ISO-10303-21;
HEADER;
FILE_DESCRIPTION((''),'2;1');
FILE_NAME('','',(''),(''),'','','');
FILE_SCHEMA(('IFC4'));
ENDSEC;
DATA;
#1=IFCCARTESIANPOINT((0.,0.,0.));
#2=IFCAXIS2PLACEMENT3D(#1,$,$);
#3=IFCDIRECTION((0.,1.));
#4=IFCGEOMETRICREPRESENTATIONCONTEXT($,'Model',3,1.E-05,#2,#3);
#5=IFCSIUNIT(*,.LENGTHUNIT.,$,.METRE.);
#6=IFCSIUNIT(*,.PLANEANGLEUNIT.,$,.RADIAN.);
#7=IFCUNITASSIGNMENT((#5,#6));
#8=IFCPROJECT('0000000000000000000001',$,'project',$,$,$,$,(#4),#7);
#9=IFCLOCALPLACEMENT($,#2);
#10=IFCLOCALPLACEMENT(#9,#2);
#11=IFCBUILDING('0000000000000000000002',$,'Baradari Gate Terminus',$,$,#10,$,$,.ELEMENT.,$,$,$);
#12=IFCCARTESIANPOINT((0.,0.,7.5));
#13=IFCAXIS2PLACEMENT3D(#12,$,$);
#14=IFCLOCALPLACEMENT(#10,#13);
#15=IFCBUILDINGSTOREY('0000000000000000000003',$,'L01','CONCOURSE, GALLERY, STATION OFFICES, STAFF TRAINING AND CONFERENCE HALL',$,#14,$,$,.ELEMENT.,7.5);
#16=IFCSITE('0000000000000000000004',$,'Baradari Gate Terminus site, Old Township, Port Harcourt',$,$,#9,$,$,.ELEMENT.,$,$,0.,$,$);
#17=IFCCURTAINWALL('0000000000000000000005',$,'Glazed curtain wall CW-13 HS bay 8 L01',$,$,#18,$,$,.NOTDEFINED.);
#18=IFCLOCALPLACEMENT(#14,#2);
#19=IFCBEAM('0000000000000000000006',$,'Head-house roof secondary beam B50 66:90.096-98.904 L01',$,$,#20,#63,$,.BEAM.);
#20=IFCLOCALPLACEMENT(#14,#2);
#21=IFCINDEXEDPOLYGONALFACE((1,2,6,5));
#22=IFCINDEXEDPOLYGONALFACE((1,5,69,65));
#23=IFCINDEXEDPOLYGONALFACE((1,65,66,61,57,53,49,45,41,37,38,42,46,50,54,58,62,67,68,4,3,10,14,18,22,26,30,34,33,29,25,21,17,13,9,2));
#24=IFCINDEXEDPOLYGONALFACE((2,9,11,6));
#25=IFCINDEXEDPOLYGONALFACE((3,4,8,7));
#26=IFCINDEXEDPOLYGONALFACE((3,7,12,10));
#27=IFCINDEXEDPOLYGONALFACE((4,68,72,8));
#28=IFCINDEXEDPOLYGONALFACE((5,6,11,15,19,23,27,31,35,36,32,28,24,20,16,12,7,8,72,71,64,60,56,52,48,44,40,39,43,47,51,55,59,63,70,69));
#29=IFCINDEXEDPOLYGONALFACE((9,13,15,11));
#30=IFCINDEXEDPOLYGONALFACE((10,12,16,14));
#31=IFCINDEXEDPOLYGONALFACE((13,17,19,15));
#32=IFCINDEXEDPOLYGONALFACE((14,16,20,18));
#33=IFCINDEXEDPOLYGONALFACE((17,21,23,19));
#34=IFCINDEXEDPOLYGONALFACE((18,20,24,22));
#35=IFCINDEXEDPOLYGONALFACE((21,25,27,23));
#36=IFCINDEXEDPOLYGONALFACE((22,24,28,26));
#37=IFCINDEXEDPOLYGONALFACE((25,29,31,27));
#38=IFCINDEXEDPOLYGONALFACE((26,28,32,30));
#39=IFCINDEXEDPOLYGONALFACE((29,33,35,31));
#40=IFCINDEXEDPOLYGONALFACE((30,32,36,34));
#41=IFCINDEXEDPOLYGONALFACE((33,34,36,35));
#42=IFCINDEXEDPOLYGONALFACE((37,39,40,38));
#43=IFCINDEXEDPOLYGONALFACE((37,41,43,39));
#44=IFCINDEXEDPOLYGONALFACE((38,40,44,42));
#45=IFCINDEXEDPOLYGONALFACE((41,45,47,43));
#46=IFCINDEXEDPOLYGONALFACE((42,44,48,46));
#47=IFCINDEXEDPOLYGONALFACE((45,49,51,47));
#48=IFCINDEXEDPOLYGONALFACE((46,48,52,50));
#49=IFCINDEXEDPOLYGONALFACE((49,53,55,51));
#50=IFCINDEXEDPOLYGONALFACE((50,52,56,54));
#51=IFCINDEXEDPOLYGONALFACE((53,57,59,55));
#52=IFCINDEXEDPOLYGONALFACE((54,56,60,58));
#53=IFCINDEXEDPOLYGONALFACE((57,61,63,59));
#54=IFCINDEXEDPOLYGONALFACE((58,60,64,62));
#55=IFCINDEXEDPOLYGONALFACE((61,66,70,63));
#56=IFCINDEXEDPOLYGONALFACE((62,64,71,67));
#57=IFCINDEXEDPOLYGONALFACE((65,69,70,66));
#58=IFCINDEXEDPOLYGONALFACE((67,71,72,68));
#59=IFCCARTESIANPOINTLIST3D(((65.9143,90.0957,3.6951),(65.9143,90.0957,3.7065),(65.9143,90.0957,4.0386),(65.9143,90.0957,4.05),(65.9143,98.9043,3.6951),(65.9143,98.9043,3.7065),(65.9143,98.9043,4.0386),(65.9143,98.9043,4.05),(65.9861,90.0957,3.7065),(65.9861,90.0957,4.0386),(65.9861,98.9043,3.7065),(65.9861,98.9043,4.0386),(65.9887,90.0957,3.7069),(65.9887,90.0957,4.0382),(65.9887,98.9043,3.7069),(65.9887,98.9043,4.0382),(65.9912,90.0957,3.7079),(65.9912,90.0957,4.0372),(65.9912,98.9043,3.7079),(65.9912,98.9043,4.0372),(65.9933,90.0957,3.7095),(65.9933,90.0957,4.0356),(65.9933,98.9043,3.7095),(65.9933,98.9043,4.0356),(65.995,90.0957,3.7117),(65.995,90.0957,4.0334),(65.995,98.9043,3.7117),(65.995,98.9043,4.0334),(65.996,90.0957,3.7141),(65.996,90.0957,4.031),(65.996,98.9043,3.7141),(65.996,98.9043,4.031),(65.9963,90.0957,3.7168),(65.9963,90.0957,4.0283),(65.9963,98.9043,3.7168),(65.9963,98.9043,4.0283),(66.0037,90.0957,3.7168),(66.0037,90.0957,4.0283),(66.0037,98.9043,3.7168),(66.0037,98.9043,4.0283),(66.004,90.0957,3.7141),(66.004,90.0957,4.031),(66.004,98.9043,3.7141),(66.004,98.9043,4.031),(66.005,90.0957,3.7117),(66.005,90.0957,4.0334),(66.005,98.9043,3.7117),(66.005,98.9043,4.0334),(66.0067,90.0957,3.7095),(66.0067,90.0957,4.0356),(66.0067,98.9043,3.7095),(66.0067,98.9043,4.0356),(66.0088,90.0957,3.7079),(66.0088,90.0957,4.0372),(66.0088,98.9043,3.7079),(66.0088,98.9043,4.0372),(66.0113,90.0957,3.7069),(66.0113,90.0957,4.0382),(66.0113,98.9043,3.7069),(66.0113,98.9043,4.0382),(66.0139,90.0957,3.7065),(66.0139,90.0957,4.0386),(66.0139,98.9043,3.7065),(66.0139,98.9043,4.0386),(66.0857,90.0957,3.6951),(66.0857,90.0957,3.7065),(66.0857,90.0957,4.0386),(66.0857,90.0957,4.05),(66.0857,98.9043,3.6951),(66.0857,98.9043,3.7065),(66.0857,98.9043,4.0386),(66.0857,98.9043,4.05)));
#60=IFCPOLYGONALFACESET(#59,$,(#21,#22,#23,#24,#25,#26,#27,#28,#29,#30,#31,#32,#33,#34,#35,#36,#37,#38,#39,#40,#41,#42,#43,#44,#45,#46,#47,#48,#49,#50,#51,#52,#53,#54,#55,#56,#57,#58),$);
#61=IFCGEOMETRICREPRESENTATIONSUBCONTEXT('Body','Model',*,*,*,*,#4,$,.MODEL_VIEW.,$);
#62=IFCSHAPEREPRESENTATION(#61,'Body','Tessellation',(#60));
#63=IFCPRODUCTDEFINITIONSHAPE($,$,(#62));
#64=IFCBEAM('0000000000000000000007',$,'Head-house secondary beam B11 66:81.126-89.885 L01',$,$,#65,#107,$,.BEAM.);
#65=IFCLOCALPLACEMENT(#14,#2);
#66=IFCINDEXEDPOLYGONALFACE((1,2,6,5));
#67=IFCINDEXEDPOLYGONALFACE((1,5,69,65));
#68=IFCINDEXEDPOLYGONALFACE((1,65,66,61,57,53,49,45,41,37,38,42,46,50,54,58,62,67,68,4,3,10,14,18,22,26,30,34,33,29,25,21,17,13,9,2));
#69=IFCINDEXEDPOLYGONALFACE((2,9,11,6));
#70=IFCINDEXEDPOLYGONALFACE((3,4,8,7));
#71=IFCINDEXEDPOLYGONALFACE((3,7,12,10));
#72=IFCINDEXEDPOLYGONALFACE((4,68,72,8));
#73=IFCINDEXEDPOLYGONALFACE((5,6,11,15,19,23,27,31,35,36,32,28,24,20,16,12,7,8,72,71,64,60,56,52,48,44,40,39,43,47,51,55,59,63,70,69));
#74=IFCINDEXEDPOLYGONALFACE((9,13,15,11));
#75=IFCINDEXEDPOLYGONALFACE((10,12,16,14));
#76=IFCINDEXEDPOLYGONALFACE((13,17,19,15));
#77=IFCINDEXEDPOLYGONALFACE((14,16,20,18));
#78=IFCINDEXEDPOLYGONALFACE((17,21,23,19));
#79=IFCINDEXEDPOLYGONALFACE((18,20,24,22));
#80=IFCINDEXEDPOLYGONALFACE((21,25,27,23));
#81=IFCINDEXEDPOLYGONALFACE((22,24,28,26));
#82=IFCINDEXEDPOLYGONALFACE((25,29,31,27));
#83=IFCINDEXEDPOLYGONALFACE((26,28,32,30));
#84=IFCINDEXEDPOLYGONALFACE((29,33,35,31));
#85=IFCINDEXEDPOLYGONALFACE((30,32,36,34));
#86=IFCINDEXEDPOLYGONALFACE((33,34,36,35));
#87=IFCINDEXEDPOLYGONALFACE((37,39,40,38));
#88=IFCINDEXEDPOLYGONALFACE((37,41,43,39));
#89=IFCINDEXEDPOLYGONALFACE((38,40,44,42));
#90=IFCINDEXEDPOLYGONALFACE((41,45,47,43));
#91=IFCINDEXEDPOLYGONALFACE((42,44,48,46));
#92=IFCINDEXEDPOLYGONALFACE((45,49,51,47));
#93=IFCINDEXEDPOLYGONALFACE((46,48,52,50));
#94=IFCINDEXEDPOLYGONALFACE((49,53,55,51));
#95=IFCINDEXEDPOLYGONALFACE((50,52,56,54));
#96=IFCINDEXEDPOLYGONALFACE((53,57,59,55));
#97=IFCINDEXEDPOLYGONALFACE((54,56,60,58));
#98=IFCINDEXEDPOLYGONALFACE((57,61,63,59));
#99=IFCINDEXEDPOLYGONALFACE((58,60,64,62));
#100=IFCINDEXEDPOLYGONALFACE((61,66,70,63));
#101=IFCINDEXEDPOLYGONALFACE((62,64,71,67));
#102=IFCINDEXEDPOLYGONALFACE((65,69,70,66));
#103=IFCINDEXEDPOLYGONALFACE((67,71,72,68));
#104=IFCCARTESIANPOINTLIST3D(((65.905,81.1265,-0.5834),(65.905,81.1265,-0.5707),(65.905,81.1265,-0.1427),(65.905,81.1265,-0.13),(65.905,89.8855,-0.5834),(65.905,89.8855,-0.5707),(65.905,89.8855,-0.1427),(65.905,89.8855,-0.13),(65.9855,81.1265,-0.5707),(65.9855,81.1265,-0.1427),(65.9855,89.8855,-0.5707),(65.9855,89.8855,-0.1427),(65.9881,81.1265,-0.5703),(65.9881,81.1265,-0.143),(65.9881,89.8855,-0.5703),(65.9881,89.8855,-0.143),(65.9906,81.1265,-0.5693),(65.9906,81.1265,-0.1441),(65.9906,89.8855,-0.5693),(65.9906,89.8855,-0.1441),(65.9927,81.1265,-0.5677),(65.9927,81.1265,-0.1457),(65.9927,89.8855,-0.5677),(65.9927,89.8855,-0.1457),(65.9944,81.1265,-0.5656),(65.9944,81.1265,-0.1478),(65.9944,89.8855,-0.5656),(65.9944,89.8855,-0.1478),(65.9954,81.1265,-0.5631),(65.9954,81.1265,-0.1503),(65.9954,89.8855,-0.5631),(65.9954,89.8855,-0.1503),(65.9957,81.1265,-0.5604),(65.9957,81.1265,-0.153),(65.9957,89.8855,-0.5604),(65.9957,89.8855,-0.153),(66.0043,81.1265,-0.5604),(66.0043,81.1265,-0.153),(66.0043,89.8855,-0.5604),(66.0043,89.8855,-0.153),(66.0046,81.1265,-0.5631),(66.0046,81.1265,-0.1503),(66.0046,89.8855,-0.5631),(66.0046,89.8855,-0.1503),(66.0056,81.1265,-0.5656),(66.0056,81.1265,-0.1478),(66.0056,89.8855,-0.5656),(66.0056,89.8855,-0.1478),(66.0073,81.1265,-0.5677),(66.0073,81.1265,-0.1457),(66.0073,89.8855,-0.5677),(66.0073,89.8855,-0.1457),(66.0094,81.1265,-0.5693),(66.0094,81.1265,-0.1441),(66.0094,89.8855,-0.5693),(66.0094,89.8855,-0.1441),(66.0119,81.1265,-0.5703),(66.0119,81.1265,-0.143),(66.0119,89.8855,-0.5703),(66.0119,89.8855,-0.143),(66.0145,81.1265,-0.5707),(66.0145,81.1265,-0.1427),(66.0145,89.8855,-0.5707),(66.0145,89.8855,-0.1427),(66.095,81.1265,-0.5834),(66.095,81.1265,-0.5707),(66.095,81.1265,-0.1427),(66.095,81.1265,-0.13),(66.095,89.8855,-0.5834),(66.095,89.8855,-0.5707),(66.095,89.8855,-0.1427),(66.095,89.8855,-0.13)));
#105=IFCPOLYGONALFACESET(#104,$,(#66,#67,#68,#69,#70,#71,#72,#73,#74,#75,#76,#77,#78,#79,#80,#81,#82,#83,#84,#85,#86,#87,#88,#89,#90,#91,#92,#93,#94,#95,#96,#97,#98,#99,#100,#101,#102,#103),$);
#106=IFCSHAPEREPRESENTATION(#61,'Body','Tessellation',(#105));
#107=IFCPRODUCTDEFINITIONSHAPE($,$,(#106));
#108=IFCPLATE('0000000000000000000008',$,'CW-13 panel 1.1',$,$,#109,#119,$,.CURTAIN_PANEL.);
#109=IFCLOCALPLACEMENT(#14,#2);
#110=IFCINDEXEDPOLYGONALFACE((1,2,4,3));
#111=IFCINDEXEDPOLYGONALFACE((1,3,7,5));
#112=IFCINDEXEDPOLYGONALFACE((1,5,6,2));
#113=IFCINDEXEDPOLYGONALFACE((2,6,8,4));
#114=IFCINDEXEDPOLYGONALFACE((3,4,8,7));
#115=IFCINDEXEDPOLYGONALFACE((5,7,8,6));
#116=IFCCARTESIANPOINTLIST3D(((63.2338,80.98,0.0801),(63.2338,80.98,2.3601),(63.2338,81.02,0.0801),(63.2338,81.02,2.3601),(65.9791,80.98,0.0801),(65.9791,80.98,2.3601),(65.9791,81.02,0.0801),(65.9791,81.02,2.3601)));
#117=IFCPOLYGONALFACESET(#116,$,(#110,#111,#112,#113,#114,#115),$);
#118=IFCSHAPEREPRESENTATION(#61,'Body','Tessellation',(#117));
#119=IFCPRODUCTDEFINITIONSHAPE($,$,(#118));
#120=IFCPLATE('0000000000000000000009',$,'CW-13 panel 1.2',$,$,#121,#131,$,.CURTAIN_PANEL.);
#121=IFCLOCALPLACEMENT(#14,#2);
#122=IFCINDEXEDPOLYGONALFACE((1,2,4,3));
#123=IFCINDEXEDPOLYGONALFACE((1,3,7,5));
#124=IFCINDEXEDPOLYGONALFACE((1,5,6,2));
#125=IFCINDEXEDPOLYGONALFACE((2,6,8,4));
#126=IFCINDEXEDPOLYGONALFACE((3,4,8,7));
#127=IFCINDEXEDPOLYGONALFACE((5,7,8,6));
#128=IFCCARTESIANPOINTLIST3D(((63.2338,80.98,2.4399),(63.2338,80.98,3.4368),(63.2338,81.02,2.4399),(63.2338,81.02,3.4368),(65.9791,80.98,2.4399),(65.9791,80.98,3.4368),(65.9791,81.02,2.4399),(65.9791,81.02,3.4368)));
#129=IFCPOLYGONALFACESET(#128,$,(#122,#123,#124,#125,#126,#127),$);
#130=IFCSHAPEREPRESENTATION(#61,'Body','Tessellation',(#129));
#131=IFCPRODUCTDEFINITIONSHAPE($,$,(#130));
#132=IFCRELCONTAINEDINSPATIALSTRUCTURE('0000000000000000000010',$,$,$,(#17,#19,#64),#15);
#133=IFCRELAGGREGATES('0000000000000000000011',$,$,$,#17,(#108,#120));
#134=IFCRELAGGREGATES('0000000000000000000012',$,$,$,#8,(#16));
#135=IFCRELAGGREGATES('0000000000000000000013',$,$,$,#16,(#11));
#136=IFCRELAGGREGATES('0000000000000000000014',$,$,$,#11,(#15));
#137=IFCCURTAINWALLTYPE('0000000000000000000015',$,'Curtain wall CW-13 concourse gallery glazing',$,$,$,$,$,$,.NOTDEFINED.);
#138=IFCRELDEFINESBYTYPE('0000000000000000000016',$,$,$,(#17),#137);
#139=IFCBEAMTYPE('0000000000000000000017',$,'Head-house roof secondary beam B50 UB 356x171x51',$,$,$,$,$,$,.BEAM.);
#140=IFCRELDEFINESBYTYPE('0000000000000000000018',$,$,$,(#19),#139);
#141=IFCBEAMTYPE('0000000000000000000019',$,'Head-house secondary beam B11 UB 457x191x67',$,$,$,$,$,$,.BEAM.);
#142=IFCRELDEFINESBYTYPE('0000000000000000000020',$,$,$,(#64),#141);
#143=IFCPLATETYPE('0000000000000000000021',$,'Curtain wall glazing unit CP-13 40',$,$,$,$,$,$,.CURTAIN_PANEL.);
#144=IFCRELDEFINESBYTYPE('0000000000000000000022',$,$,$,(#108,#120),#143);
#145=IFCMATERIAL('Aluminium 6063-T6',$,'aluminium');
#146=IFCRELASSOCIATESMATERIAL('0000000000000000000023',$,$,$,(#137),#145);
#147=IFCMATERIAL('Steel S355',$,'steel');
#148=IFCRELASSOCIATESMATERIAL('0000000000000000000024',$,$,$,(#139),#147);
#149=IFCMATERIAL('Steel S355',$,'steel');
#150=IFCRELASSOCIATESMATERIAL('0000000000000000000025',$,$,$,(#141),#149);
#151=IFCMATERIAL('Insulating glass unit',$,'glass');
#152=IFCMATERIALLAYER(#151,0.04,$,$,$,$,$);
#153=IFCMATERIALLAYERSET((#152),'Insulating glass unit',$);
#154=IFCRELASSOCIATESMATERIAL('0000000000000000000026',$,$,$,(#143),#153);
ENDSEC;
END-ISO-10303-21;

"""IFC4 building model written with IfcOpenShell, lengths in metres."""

from ifc_helpers import new_model, si_unit, direction, frame, origin, origin_2d, place, context, subcontext, project, spatial, rectangle, i_section, extrude, material, layer, layer_set, material_profile, profile_set, type_object, element, aggregate, save


model = new_model("IFC4")

# Units and contexts
model_context = context("Model", 3, precision=1e-05, world=origin(), true_north=direction((0.0, 1.0)))
body_context = subcontext(model_context, "Body", "Model", "MODEL_VIEW")
ifc_project = project(units=[si_unit("LENGTHUNIT", "METRE"), si_unit("PLANEANGLEUNIT", "RADIAN")], contexts=[model_context])

# Site, building, storey
site_placement = place(None, origin())
site = spatial("IfcSite", under=ifc_project, at=site_placement, Name="Baradari Gate Terminus site, Old Township, Port Harcourt", CompositionType="ELEMENT", RefElevation=0.0)
building_placement = place(site_placement, origin())
building = spatial("IfcBuilding", under=site, at=building_placement, Name="Baradari Gate Terminus", CompositionType="ELEMENT")
storey_placement = place(building_placement, frame((0.0, 0.0, 7.5)))
storey = spatial("IfcBuildingStorey", under=building, at=storey_placement, Name="L01", Description="CONCOURSE, GALLERY, STATION OFFICES, STAFF TRAINING AND CONFERENCE HALL", CompositionType="ELEMENT", Elevation=7.5)

# Curtain wall
ifc_material_1 = material(Name="Aluminium 6063-T6", Category="aluminium")
curtain_wall_type = type_object("IfcCurtainWallType", Name="Curtain wall CW-13 concourse gallery glazing", PredefinedType="NOTDEFINED", material=ifc_material_1)
curtain_wall_placement = place(storey_placement, origin())
curtain_wall = element("IfcCurtainWall", 1, at=curtain_wall_placement, inside=storey, type_object=curtain_wall_type, Name="Glazed curtain wall CW-13 HS bay 8 L01", PredefinedType="NOTDEFINED")

# Beams
ifc_material_2 = material(Name="Steel S355", Category="steel")
ifc_material_profile_1 = material_profile(ifc_material_2, i_section(OverallWidth=0.1714, OverallDepth=0.355, WebThickness=0.0073, FlangeThickness=0.0115, FilletRadius=0.0103, at=origin_2d()), Name="UB 356x171x51")
ifc_profile_set_1 = profile_set([ifc_material_profile_1], Name="Steel S355")
beam_type_1 = type_object("IfcBeamType", Name="Head-house roof secondary beam B50 UB 356x171x51", PredefinedType="BEAM", material=ifc_profile_set_1)
beam_1_placement = place(storey_placement, frame((66.0, 90.0957, 3.8726), z_axis=(0.0, 1.0, 0.0), x_axis=(-1.0, 0.0, 0.0)))
element("IfcBeam", 2, at=beam_1_placement, inside=storey, type_object=beam_type_1, Name="Head-house roof secondary beam B50 66:90.096-98.904 L01", PredefinedType="BEAM", context=body_context, shape_type="SweptSolid", body=[
    extrude(i_section(OverallWidth=0.1714, OverallDepth=0.355, WebThickness=0.0073, FlangeThickness=0.0115, FilletRadius=0.0103, at=origin_2d()), origin(), (0.0, 0.0, 1.0), 8.8086),
])
ifc_material_3 = material(Name="Steel S355", Category="steel")
ifc_material_profile_2 = material_profile(ifc_material_3, i_section(OverallWidth=0.1899, OverallDepth=0.4534, WebThickness=0.0085, FlangeThickness=0.0127, FilletRadius=0.0103, at=origin_2d()), Name="UB 457x191x67")
ifc_profile_set_2 = profile_set([ifc_material_profile_2], Name="Steel S355")
beam_type_2 = type_object("IfcBeamType", Name="Head-house secondary beam B11 UB 457x191x67", PredefinedType="BEAM", material=ifc_profile_set_2)
beam_2_placement = place(storey_placement, frame((66.0, 81.1265, -0.3567), z_axis=(0.0, 1.0, 0.0), x_axis=(-1.0, 0.0, 0.0)))
element("IfcBeam", 3, at=beam_2_placement, inside=storey, type_object=beam_type_2, Name="Head-house secondary beam B11 66:81.126-89.885 L01", PredefinedType="BEAM", context=body_context, shape_type="SweptSolid", body=[
    extrude(i_section(OverallWidth=0.1899, OverallDepth=0.4534, WebThickness=0.0085, FlangeThickness=0.0127, FilletRadius=0.0103, at=origin_2d()), origin(), (0.0, 0.0, 1.0), 8.759),
])

# Plates
ifc_material_4 = material(Name="Insulating glass unit", Category="glass")
ifc_layer_1 = layer(ifc_material_4, 0.04)
ifc_layer_set_1 = layer_set([ifc_layer_1], Name="Insulating glass unit")
plate_type = type_object("IfcPlateType", Name="Curtain wall glazing unit CP-13 40", PredefinedType="CURTAIN_PANEL", material=ifc_layer_set_1)
plate_1_placement = place(storey_placement, frame((64.6064, 81.0, 0.0801), z_axis=(0.0, 0.0, 1.0), x_axis=(1.0, 0.0, 0.0)))
plate_1 = element("IfcPlate", 4, at=plate_1_placement, type_object=plate_type, Name="CW-13 panel 1.1", PredefinedType="CURTAIN_PANEL", context=body_context, shape_type="SweptSolid", body=[
    extrude(rectangle(XDim=2.7454, YDim=0.04, at=origin_2d()), origin(), (0.0, 0.0, 1.0), 2.28),
])
plate_2_placement = place(storey_placement, frame((64.6064, 81.0, 2.4399), z_axis=(0.0, 0.0, 1.0), x_axis=(1.0, 0.0, 0.0)))
plate_2 = element("IfcPlate", 5, at=plate_2_placement, type_object=plate_type, Name="CW-13 panel 1.2", PredefinedType="CURTAIN_PANEL", context=body_context, shape_type="SweptSolid", body=[
    extrude(rectangle(XDim=2.7454, YDim=0.04, at=origin_2d()), origin(), (0.0, 0.0, 1.0), 0.9968),
])
aggregate(curtain_wall, [plate_1, plate_2])

save(model, "model.ifc")
